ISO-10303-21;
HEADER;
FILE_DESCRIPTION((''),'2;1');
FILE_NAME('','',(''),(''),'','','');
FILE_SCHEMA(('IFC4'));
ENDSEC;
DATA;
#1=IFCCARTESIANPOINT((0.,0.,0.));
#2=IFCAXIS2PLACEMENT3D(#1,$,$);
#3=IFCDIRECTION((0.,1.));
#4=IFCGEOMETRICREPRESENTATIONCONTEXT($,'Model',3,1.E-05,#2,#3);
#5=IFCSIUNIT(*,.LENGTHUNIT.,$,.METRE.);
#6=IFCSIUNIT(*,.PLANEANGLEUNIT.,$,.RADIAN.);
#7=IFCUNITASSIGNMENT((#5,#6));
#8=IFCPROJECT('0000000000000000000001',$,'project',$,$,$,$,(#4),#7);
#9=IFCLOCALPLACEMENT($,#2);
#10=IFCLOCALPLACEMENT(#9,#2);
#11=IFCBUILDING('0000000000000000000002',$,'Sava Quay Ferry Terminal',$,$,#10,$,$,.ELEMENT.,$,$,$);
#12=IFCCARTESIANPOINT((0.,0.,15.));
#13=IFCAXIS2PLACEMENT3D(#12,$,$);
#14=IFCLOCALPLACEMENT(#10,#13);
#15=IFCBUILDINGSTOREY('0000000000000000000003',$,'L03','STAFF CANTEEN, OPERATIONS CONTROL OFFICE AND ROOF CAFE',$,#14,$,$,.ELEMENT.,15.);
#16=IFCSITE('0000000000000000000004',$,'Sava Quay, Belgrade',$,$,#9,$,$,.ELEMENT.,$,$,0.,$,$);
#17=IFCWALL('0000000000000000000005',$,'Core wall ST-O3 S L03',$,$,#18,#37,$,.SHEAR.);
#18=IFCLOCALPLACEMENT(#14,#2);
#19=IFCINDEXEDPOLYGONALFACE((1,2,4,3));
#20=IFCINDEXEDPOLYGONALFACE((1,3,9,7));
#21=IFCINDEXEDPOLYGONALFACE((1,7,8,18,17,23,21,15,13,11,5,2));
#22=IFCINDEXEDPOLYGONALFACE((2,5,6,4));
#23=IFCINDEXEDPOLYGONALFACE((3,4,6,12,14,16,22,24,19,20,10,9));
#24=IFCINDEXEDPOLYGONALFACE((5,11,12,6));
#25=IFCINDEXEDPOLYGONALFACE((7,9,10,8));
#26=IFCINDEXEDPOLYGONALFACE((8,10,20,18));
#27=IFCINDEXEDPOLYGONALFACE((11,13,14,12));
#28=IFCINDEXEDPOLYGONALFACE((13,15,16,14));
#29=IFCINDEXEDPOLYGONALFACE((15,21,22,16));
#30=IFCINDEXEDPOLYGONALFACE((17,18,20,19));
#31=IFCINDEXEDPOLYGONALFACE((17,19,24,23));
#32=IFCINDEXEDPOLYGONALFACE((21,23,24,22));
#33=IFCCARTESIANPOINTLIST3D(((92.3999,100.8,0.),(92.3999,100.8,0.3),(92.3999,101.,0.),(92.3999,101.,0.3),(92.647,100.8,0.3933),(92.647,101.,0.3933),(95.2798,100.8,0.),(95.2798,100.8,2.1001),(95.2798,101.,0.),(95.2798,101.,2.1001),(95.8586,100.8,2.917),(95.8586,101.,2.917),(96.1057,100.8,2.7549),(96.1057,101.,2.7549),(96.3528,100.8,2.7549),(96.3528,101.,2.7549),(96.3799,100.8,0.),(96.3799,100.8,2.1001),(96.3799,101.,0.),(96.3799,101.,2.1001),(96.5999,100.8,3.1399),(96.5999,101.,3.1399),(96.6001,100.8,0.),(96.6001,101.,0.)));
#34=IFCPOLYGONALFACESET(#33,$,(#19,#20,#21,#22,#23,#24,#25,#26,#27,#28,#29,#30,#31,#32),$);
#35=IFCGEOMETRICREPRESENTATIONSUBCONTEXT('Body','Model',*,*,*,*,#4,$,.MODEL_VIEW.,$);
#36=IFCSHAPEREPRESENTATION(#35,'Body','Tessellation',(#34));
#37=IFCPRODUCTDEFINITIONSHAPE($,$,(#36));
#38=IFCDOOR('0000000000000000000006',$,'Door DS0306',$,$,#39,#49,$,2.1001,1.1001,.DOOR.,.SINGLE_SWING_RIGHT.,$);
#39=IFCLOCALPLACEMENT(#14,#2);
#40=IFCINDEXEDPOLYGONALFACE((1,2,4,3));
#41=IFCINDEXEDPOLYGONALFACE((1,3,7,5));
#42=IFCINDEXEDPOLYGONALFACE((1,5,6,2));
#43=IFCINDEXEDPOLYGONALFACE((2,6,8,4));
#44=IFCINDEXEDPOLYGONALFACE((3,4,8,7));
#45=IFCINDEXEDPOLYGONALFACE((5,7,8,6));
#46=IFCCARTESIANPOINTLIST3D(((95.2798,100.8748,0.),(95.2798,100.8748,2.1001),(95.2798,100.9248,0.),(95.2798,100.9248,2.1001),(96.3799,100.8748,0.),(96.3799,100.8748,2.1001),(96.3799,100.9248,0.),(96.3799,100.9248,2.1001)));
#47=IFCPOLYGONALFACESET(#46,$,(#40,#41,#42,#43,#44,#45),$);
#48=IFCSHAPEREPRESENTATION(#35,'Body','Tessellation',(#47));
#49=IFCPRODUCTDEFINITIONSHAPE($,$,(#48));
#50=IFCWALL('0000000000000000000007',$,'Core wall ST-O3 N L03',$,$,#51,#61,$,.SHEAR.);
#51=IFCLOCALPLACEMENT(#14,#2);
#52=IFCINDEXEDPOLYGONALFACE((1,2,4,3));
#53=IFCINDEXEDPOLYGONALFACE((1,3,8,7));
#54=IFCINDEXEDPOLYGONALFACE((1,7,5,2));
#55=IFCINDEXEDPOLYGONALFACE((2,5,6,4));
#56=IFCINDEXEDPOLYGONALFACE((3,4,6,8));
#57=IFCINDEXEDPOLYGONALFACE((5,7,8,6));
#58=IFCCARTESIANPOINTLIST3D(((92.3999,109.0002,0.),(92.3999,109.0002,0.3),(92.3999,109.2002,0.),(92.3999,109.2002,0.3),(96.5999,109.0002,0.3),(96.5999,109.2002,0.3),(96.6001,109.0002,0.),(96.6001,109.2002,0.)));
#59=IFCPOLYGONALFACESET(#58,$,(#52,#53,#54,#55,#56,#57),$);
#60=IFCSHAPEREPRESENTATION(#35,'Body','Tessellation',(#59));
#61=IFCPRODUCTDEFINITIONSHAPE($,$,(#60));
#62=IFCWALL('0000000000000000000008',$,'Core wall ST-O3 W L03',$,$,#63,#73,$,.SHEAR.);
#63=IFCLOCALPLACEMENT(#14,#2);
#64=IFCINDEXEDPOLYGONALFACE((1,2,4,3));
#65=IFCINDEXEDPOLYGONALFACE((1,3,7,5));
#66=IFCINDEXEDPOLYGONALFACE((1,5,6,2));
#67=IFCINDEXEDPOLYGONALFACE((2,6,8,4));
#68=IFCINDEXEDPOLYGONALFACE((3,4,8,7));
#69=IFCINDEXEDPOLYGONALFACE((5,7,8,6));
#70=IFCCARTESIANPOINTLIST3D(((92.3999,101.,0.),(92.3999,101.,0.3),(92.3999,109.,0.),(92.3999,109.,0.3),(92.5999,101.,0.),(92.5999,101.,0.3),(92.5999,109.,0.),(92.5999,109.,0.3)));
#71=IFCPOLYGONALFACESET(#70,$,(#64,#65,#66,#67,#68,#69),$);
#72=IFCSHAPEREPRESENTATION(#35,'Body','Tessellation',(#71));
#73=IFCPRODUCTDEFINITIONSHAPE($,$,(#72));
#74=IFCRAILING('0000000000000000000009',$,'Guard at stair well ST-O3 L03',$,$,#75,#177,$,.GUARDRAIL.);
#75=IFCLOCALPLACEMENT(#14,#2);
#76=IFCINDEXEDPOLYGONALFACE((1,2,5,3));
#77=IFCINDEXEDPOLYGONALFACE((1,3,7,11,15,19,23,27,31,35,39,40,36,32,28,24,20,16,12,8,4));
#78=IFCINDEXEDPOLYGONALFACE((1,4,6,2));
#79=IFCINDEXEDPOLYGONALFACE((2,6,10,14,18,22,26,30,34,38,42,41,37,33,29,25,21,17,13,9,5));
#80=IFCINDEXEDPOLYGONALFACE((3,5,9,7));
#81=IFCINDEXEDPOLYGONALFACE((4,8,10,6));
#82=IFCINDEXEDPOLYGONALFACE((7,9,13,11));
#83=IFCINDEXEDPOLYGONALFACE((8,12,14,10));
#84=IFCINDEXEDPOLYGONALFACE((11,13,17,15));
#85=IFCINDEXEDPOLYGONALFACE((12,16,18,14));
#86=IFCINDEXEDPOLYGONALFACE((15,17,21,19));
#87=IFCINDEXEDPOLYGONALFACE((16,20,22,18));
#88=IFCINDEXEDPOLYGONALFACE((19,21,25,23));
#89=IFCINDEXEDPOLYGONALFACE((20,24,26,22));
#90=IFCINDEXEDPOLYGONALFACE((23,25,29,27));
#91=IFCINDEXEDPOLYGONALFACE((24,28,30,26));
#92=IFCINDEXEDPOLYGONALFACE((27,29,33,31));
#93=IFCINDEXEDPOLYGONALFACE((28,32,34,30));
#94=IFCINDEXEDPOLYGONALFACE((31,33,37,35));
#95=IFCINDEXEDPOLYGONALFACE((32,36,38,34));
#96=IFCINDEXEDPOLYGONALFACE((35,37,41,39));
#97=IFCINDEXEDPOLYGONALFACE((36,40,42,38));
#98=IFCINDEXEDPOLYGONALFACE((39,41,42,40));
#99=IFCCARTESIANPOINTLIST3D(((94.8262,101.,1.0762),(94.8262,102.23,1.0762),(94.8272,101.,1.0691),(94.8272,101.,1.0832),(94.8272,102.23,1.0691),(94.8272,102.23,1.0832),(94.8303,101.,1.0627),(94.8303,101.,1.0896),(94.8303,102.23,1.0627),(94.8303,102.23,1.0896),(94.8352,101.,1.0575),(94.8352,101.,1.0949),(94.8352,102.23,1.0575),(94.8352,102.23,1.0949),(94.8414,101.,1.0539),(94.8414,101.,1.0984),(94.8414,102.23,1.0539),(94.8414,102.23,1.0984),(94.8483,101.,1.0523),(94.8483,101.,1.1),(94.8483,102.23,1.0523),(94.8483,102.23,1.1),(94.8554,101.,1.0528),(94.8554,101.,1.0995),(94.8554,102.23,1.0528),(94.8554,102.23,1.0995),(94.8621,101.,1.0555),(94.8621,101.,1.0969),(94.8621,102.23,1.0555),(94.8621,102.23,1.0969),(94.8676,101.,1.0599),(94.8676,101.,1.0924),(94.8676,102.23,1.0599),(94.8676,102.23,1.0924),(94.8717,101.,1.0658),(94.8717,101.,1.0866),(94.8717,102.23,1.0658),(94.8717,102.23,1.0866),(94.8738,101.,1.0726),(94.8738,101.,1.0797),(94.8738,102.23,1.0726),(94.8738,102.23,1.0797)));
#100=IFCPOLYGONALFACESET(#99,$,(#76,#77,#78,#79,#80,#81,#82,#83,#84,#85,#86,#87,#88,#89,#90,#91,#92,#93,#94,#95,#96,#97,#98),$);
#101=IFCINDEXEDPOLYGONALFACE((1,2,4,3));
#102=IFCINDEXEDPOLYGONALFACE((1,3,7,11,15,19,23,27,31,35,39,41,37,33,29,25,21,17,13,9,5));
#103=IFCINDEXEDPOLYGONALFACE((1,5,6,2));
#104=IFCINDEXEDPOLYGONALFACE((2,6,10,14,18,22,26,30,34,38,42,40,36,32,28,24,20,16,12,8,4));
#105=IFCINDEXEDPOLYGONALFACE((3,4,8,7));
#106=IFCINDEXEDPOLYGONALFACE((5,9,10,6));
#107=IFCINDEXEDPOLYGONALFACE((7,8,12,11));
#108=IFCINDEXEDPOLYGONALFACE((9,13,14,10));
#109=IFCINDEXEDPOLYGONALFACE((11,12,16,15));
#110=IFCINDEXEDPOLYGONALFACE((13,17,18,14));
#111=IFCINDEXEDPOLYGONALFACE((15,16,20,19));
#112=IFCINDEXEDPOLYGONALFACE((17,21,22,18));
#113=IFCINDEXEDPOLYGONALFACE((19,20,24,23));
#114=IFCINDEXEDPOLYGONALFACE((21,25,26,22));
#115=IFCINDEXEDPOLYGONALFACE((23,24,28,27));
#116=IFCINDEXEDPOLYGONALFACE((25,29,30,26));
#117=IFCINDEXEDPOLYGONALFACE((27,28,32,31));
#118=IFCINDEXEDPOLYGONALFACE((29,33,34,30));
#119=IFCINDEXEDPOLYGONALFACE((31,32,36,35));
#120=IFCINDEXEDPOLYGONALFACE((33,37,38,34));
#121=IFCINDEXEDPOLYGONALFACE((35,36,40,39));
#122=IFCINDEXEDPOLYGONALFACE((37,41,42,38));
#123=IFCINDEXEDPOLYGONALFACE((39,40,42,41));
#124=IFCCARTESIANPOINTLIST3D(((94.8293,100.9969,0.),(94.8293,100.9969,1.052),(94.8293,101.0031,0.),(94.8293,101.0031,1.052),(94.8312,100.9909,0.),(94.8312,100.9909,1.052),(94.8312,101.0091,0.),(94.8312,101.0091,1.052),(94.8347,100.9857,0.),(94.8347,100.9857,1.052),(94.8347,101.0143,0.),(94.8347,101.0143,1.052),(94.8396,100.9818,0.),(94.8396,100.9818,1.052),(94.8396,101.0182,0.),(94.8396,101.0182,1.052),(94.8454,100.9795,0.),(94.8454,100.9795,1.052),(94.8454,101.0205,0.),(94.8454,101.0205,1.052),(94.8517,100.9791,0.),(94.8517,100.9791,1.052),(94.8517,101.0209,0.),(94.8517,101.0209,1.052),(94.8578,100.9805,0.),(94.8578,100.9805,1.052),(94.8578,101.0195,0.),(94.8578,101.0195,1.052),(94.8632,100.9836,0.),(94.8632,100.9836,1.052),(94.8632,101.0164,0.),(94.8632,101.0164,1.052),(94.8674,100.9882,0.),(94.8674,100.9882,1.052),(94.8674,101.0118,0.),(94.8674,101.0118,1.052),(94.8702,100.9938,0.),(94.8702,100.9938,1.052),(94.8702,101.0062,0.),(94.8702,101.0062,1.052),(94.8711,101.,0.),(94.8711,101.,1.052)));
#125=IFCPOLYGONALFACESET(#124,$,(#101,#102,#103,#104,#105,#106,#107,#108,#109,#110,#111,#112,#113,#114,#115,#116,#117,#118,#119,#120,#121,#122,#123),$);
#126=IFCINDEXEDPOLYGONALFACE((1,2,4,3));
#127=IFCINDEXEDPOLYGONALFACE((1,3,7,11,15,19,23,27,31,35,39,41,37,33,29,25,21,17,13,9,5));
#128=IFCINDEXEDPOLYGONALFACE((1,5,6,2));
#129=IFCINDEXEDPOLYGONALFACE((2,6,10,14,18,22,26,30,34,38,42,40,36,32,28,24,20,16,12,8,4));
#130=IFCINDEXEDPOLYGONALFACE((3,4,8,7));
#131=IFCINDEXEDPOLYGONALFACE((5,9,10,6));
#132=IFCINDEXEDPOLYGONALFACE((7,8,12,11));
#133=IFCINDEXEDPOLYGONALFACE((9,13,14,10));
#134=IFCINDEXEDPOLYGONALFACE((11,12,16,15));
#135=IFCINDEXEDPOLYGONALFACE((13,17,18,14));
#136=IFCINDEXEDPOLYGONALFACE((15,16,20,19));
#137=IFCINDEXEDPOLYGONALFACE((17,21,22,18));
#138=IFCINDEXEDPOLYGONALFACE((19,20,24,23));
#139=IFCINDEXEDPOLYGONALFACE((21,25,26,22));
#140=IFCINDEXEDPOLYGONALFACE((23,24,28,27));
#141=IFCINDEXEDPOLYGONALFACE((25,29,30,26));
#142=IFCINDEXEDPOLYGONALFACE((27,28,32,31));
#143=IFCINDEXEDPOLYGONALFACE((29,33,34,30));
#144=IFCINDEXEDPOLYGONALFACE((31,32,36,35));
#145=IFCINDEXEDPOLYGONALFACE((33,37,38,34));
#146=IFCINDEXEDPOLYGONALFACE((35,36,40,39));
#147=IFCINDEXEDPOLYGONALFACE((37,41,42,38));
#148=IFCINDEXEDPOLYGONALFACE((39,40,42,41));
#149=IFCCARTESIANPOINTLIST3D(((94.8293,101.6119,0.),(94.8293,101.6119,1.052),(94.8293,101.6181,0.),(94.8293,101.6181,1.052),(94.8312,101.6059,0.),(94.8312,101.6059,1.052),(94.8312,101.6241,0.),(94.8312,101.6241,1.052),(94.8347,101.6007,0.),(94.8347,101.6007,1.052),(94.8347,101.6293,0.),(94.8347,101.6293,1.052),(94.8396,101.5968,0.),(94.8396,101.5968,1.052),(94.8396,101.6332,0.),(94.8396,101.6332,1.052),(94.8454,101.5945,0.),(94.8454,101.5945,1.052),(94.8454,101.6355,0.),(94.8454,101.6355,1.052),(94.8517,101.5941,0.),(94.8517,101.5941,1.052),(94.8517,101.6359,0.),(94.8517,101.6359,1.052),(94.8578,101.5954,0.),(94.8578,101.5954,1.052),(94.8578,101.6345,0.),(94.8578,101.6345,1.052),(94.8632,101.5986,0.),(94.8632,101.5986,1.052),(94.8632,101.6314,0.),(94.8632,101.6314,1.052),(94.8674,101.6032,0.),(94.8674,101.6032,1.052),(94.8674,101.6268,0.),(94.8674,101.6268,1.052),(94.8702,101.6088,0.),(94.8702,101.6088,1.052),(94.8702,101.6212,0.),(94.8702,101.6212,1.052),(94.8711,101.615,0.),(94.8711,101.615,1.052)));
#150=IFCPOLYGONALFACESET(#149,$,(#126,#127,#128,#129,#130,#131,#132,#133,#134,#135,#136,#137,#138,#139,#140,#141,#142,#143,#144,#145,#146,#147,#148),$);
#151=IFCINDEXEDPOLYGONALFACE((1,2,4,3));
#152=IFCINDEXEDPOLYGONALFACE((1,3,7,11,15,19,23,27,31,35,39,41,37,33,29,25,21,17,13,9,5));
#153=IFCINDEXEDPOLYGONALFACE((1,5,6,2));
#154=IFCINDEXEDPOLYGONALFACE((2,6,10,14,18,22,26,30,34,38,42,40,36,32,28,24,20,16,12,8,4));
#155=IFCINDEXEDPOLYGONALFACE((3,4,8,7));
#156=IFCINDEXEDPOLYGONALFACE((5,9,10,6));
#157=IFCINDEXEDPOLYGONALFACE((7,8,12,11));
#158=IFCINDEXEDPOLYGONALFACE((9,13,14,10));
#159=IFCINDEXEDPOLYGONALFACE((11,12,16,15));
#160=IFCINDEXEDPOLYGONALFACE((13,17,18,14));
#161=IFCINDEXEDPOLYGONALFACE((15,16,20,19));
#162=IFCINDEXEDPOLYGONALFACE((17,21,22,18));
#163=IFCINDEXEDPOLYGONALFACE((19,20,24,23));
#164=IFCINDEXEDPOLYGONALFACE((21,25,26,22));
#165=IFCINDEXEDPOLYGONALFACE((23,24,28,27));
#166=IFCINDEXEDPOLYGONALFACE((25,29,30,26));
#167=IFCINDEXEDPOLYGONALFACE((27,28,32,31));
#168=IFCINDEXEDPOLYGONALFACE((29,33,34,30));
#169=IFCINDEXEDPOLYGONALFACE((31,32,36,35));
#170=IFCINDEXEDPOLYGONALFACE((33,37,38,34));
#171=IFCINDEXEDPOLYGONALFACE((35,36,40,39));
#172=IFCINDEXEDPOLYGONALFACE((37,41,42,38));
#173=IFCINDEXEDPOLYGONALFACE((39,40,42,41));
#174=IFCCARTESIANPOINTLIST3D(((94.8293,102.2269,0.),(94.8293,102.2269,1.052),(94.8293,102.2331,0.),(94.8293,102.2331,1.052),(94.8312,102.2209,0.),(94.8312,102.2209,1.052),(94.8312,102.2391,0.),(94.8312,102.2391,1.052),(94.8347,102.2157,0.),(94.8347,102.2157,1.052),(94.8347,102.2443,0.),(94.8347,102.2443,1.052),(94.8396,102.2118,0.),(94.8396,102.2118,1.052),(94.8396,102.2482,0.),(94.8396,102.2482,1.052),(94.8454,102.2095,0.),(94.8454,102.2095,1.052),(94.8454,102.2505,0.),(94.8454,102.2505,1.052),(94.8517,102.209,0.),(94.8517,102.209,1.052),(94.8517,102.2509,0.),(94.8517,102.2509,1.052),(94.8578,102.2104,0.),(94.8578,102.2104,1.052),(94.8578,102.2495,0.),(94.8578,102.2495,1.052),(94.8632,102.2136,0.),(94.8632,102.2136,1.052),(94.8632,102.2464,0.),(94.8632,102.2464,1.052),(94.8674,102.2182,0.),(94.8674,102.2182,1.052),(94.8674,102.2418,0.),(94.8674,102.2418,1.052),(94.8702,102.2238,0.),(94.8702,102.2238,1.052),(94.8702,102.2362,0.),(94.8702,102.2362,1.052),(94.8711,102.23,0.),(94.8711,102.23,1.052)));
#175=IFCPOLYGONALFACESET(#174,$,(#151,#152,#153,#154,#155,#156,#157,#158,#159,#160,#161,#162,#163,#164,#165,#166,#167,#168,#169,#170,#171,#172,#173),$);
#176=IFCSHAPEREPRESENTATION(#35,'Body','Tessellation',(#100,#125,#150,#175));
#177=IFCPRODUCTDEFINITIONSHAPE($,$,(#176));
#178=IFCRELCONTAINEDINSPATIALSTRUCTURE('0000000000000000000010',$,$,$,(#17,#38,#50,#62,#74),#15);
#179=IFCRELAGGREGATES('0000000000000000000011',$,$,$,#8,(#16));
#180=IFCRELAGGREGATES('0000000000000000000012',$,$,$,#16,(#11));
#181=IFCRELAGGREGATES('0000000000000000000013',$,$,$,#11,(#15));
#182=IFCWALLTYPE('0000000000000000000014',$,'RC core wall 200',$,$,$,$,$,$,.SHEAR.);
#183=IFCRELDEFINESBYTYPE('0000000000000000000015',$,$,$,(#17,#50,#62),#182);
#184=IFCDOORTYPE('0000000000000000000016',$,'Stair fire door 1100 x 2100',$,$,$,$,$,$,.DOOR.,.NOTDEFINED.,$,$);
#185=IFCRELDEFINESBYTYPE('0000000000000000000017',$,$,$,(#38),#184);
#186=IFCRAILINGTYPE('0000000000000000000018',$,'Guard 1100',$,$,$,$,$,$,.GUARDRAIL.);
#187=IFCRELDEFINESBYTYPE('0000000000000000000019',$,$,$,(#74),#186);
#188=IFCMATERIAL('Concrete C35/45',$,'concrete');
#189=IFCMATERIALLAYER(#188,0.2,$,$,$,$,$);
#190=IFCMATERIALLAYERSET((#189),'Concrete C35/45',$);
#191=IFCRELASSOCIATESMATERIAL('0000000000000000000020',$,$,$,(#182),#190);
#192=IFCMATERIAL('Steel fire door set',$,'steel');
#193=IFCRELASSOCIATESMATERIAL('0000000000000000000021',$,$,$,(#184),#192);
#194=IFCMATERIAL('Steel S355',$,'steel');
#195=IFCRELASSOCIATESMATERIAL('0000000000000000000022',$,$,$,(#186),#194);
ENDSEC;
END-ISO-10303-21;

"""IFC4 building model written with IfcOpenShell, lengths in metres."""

from ifc_helpers import new_model, si_unit, direction, frame, frame_2d, origin, origin_2d, place, context, subcontext, project, spatial, polyline, rectangle, circle, outline, extrude, material, layer, layer_set, type_object, element, fill, save


model = new_model("IFC4")

# Units and contexts
model_context = context("Model", 3, precision=1e-05, world=origin(), true_north=direction((0.0, 1.0)))
body_context = subcontext(model_context, "Body", "Model", "MODEL_VIEW")
ifc_project = project(units=[si_unit("LENGTHUNIT", "METRE"), si_unit("PLANEANGLEUNIT", "RADIAN")], contexts=[model_context])

# Site, building, storey
site_placement = place(None, origin())
site = spatial("IfcSite", under=ifc_project, at=site_placement, Name="Sava Quay, Belgrade", CompositionType="ELEMENT", RefElevation=0.0)
building_placement = place(site_placement, origin())
building = spatial("IfcBuilding", under=site, at=building_placement, Name="Sava Quay Ferry Terminal", CompositionType="ELEMENT")
storey_placement = place(building_placement, frame((0.0, 0.0, 15.0)))
storey = spatial("IfcBuildingStorey", under=building, at=storey_placement, Name="L03", Description="STAFF CANTEEN, OPERATIONS CONTROL OFFICE AND ROOF CAFE", CompositionType="ELEMENT", Elevation=15.0)

# Wall, opening, door
ifc_material_1 = material(Name="Concrete C35/45", Category="concrete")
ifc_layer_1 = layer(ifc_material_1, 0.2)
ifc_layer_set_1 = layer_set([ifc_layer_1], Name="Concrete C35/45")
wall_type = type_object("IfcWallType", Name="RC core wall 200", PredefinedType="SHEAR", material=ifc_layer_set_1)
wall_1_placement = place(storey_placement, frame((92.3999, 100.8999, 0.0), z_axis=(0.0, 0.0, 1.0), x_axis=(1.0, 0.0, 0.0)))
wall_1 = element("IfcWall", 1, at=wall_1_placement, inside=storey, type_object=wall_type, Name="Core wall ST-O3 S L03", PredefinedType="SHEAR", context=body_context, shape_type="SweptSolid", body=[
    extrude(outline(polyline([(0.0, 0.0), (4.2002, 0.0), (4.2, 3.1399), (3.9529, 2.7549), (3.7058, 2.7549), (3.4587, 2.917), (0.2471, 0.3933), (0.0, 0.3), (0.0, 0.0)])), frame((0.0, 0.1001, 0.0), z_axis=(0.0, -1.0, 0.0), x_axis=(1.0, 0.0, 0.0)), (0.0, 0.0, 1.0), 0.2),
])
opening_placement = place(wall_1_placement, frame((2.8799, 0.0, 0.0)))
opening = element("IfcOpeningElement", 2, at=opening_placement, cuts=wall_1, PredefinedType="OPENING", context=body_context, shape_type="SweptSolid", body=[
    extrude(rectangle(XDim=1.1001, YDim=2.1001, at=frame_2d((0.55, 1.05))), frame((0.0, 0.1001, 0.0), z_axis=(0.0, -1.0, 0.0), x_axis=(1.0, 0.0, 0.0)), (0.0, 0.0, 1.0), 0.2),
])
ifc_material_2 = material(Name="Steel fire door set", Category="steel")
door_type = type_object("IfcDoorType", Name="Stair fire door 1100 x 2100", OperationType="NOTDEFINED", PredefinedType="DOOR", material=ifc_material_2)
door_placement = place(opening_placement, origin())
door = element("IfcDoor", 3, at=door_placement, inside=storey, type_object=door_type, Name="Door DS0306", OperationType="SINGLE_SWING_RIGHT", OverallHeight=2.1001, OverallWidth=1.1001, PredefinedType="DOOR", context=body_context, shape_type="SweptSolid", body=[
    extrude(rectangle(XDim=1.1001, YDim=2.1001, at=frame_2d((0.55, 1.05))), frame((0.0, 0.0249, 0.0), z_axis=(0.0, -1.0, 0.0), x_axis=(1.0, 0.0, 0.0)), (0.0, 0.0, 1.0), 0.05),
])
fill(opening, door)

# Walls
wall_2_placement = place(storey_placement, frame((92.3999, 109.1001, 0.0), z_axis=(0.0, 0.0, 1.0), x_axis=(1.0, 0.0, 0.0)))
element("IfcWall", 4, at=wall_2_placement, inside=storey, type_object=wall_type, Name="Core wall ST-O3 N L03", PredefinedType="SHEAR", context=body_context, shape_type="SweptSolid", body=[
    extrude(outline(polyline([(0.0, 0.0), (4.2002, 0.0), (4.2, 0.3), (0.0, 0.3), (0.0, 0.0)])), frame((0.0, 0.1001, 0.0), z_axis=(0.0, -1.0, 0.0), x_axis=(1.0, 0.0, 0.0)), (0.0, 0.0, 1.0), 0.2),
])
wall_3_placement = place(storey_placement, frame((92.5, 101.0, 0.0), z_axis=(0.0, 0.0, 1.0), x_axis=(0.0, 1.0, 0.0)))
element("IfcWall", 5, at=wall_3_placement, inside=storey, type_object=wall_type, Name="Core wall ST-O3 W L03", PredefinedType="SHEAR", context=body_context, shape_type="SweptSolid", body=[
    extrude(outline(polyline([(0.0, 0.0), (8.0, 0.0), (8.0, 0.3), (0.0, 0.3), (0.0, 0.0)])), frame((0.0, 0.1001, 0.0), z_axis=(0.0, -1.0, 0.0), x_axis=(1.0, 0.0, 0.0)), (0.0, 0.0, 1.0), 0.2),
])

# Railing
ifc_material_3 = material(Name="Steel S355", Category="steel")
railing_type = type_object("IfcRailingType", Name="Guard 1100", PredefinedType="GUARDRAIL", material=ifc_material_3)
railing_1_placement = place(storey_placement, frame((94.8501, 101.0, 0.0)))
element("IfcRailing", 6, at=railing_1_placement, inside=storey, type_object=railing_type, Name="Guard at stair well ST-O3 L03", PredefinedType="GUARDRAIL", context=body_context, shape_type="SweptSolid", body=[
    extrude(circle(Radius=0.0239, at=origin_2d()), frame((0.0, 0.0, 1.0762), z_axis=(0.0, 1.0, 0.0), x_axis=(-1.0, 0.0, 0.0)), (0.0, 0.0, 1.0), 1.23),
    extrude(circle(Radius=0.021, at=origin_2d()), origin(), (0.0, 0.0, 1.0), 1.052),
    extrude(circle(Radius=0.021, at=origin_2d()), frame((0.0, 0.615, 0.0)), (0.0, 0.0, 1.0), 1.052),
    extrude(circle(Radius=0.021, at=origin_2d()), frame((0.0, 1.23, 0.0)), (0.0, 0.0, 1.0), 1.052),
])

save(model, "model.ifc")
